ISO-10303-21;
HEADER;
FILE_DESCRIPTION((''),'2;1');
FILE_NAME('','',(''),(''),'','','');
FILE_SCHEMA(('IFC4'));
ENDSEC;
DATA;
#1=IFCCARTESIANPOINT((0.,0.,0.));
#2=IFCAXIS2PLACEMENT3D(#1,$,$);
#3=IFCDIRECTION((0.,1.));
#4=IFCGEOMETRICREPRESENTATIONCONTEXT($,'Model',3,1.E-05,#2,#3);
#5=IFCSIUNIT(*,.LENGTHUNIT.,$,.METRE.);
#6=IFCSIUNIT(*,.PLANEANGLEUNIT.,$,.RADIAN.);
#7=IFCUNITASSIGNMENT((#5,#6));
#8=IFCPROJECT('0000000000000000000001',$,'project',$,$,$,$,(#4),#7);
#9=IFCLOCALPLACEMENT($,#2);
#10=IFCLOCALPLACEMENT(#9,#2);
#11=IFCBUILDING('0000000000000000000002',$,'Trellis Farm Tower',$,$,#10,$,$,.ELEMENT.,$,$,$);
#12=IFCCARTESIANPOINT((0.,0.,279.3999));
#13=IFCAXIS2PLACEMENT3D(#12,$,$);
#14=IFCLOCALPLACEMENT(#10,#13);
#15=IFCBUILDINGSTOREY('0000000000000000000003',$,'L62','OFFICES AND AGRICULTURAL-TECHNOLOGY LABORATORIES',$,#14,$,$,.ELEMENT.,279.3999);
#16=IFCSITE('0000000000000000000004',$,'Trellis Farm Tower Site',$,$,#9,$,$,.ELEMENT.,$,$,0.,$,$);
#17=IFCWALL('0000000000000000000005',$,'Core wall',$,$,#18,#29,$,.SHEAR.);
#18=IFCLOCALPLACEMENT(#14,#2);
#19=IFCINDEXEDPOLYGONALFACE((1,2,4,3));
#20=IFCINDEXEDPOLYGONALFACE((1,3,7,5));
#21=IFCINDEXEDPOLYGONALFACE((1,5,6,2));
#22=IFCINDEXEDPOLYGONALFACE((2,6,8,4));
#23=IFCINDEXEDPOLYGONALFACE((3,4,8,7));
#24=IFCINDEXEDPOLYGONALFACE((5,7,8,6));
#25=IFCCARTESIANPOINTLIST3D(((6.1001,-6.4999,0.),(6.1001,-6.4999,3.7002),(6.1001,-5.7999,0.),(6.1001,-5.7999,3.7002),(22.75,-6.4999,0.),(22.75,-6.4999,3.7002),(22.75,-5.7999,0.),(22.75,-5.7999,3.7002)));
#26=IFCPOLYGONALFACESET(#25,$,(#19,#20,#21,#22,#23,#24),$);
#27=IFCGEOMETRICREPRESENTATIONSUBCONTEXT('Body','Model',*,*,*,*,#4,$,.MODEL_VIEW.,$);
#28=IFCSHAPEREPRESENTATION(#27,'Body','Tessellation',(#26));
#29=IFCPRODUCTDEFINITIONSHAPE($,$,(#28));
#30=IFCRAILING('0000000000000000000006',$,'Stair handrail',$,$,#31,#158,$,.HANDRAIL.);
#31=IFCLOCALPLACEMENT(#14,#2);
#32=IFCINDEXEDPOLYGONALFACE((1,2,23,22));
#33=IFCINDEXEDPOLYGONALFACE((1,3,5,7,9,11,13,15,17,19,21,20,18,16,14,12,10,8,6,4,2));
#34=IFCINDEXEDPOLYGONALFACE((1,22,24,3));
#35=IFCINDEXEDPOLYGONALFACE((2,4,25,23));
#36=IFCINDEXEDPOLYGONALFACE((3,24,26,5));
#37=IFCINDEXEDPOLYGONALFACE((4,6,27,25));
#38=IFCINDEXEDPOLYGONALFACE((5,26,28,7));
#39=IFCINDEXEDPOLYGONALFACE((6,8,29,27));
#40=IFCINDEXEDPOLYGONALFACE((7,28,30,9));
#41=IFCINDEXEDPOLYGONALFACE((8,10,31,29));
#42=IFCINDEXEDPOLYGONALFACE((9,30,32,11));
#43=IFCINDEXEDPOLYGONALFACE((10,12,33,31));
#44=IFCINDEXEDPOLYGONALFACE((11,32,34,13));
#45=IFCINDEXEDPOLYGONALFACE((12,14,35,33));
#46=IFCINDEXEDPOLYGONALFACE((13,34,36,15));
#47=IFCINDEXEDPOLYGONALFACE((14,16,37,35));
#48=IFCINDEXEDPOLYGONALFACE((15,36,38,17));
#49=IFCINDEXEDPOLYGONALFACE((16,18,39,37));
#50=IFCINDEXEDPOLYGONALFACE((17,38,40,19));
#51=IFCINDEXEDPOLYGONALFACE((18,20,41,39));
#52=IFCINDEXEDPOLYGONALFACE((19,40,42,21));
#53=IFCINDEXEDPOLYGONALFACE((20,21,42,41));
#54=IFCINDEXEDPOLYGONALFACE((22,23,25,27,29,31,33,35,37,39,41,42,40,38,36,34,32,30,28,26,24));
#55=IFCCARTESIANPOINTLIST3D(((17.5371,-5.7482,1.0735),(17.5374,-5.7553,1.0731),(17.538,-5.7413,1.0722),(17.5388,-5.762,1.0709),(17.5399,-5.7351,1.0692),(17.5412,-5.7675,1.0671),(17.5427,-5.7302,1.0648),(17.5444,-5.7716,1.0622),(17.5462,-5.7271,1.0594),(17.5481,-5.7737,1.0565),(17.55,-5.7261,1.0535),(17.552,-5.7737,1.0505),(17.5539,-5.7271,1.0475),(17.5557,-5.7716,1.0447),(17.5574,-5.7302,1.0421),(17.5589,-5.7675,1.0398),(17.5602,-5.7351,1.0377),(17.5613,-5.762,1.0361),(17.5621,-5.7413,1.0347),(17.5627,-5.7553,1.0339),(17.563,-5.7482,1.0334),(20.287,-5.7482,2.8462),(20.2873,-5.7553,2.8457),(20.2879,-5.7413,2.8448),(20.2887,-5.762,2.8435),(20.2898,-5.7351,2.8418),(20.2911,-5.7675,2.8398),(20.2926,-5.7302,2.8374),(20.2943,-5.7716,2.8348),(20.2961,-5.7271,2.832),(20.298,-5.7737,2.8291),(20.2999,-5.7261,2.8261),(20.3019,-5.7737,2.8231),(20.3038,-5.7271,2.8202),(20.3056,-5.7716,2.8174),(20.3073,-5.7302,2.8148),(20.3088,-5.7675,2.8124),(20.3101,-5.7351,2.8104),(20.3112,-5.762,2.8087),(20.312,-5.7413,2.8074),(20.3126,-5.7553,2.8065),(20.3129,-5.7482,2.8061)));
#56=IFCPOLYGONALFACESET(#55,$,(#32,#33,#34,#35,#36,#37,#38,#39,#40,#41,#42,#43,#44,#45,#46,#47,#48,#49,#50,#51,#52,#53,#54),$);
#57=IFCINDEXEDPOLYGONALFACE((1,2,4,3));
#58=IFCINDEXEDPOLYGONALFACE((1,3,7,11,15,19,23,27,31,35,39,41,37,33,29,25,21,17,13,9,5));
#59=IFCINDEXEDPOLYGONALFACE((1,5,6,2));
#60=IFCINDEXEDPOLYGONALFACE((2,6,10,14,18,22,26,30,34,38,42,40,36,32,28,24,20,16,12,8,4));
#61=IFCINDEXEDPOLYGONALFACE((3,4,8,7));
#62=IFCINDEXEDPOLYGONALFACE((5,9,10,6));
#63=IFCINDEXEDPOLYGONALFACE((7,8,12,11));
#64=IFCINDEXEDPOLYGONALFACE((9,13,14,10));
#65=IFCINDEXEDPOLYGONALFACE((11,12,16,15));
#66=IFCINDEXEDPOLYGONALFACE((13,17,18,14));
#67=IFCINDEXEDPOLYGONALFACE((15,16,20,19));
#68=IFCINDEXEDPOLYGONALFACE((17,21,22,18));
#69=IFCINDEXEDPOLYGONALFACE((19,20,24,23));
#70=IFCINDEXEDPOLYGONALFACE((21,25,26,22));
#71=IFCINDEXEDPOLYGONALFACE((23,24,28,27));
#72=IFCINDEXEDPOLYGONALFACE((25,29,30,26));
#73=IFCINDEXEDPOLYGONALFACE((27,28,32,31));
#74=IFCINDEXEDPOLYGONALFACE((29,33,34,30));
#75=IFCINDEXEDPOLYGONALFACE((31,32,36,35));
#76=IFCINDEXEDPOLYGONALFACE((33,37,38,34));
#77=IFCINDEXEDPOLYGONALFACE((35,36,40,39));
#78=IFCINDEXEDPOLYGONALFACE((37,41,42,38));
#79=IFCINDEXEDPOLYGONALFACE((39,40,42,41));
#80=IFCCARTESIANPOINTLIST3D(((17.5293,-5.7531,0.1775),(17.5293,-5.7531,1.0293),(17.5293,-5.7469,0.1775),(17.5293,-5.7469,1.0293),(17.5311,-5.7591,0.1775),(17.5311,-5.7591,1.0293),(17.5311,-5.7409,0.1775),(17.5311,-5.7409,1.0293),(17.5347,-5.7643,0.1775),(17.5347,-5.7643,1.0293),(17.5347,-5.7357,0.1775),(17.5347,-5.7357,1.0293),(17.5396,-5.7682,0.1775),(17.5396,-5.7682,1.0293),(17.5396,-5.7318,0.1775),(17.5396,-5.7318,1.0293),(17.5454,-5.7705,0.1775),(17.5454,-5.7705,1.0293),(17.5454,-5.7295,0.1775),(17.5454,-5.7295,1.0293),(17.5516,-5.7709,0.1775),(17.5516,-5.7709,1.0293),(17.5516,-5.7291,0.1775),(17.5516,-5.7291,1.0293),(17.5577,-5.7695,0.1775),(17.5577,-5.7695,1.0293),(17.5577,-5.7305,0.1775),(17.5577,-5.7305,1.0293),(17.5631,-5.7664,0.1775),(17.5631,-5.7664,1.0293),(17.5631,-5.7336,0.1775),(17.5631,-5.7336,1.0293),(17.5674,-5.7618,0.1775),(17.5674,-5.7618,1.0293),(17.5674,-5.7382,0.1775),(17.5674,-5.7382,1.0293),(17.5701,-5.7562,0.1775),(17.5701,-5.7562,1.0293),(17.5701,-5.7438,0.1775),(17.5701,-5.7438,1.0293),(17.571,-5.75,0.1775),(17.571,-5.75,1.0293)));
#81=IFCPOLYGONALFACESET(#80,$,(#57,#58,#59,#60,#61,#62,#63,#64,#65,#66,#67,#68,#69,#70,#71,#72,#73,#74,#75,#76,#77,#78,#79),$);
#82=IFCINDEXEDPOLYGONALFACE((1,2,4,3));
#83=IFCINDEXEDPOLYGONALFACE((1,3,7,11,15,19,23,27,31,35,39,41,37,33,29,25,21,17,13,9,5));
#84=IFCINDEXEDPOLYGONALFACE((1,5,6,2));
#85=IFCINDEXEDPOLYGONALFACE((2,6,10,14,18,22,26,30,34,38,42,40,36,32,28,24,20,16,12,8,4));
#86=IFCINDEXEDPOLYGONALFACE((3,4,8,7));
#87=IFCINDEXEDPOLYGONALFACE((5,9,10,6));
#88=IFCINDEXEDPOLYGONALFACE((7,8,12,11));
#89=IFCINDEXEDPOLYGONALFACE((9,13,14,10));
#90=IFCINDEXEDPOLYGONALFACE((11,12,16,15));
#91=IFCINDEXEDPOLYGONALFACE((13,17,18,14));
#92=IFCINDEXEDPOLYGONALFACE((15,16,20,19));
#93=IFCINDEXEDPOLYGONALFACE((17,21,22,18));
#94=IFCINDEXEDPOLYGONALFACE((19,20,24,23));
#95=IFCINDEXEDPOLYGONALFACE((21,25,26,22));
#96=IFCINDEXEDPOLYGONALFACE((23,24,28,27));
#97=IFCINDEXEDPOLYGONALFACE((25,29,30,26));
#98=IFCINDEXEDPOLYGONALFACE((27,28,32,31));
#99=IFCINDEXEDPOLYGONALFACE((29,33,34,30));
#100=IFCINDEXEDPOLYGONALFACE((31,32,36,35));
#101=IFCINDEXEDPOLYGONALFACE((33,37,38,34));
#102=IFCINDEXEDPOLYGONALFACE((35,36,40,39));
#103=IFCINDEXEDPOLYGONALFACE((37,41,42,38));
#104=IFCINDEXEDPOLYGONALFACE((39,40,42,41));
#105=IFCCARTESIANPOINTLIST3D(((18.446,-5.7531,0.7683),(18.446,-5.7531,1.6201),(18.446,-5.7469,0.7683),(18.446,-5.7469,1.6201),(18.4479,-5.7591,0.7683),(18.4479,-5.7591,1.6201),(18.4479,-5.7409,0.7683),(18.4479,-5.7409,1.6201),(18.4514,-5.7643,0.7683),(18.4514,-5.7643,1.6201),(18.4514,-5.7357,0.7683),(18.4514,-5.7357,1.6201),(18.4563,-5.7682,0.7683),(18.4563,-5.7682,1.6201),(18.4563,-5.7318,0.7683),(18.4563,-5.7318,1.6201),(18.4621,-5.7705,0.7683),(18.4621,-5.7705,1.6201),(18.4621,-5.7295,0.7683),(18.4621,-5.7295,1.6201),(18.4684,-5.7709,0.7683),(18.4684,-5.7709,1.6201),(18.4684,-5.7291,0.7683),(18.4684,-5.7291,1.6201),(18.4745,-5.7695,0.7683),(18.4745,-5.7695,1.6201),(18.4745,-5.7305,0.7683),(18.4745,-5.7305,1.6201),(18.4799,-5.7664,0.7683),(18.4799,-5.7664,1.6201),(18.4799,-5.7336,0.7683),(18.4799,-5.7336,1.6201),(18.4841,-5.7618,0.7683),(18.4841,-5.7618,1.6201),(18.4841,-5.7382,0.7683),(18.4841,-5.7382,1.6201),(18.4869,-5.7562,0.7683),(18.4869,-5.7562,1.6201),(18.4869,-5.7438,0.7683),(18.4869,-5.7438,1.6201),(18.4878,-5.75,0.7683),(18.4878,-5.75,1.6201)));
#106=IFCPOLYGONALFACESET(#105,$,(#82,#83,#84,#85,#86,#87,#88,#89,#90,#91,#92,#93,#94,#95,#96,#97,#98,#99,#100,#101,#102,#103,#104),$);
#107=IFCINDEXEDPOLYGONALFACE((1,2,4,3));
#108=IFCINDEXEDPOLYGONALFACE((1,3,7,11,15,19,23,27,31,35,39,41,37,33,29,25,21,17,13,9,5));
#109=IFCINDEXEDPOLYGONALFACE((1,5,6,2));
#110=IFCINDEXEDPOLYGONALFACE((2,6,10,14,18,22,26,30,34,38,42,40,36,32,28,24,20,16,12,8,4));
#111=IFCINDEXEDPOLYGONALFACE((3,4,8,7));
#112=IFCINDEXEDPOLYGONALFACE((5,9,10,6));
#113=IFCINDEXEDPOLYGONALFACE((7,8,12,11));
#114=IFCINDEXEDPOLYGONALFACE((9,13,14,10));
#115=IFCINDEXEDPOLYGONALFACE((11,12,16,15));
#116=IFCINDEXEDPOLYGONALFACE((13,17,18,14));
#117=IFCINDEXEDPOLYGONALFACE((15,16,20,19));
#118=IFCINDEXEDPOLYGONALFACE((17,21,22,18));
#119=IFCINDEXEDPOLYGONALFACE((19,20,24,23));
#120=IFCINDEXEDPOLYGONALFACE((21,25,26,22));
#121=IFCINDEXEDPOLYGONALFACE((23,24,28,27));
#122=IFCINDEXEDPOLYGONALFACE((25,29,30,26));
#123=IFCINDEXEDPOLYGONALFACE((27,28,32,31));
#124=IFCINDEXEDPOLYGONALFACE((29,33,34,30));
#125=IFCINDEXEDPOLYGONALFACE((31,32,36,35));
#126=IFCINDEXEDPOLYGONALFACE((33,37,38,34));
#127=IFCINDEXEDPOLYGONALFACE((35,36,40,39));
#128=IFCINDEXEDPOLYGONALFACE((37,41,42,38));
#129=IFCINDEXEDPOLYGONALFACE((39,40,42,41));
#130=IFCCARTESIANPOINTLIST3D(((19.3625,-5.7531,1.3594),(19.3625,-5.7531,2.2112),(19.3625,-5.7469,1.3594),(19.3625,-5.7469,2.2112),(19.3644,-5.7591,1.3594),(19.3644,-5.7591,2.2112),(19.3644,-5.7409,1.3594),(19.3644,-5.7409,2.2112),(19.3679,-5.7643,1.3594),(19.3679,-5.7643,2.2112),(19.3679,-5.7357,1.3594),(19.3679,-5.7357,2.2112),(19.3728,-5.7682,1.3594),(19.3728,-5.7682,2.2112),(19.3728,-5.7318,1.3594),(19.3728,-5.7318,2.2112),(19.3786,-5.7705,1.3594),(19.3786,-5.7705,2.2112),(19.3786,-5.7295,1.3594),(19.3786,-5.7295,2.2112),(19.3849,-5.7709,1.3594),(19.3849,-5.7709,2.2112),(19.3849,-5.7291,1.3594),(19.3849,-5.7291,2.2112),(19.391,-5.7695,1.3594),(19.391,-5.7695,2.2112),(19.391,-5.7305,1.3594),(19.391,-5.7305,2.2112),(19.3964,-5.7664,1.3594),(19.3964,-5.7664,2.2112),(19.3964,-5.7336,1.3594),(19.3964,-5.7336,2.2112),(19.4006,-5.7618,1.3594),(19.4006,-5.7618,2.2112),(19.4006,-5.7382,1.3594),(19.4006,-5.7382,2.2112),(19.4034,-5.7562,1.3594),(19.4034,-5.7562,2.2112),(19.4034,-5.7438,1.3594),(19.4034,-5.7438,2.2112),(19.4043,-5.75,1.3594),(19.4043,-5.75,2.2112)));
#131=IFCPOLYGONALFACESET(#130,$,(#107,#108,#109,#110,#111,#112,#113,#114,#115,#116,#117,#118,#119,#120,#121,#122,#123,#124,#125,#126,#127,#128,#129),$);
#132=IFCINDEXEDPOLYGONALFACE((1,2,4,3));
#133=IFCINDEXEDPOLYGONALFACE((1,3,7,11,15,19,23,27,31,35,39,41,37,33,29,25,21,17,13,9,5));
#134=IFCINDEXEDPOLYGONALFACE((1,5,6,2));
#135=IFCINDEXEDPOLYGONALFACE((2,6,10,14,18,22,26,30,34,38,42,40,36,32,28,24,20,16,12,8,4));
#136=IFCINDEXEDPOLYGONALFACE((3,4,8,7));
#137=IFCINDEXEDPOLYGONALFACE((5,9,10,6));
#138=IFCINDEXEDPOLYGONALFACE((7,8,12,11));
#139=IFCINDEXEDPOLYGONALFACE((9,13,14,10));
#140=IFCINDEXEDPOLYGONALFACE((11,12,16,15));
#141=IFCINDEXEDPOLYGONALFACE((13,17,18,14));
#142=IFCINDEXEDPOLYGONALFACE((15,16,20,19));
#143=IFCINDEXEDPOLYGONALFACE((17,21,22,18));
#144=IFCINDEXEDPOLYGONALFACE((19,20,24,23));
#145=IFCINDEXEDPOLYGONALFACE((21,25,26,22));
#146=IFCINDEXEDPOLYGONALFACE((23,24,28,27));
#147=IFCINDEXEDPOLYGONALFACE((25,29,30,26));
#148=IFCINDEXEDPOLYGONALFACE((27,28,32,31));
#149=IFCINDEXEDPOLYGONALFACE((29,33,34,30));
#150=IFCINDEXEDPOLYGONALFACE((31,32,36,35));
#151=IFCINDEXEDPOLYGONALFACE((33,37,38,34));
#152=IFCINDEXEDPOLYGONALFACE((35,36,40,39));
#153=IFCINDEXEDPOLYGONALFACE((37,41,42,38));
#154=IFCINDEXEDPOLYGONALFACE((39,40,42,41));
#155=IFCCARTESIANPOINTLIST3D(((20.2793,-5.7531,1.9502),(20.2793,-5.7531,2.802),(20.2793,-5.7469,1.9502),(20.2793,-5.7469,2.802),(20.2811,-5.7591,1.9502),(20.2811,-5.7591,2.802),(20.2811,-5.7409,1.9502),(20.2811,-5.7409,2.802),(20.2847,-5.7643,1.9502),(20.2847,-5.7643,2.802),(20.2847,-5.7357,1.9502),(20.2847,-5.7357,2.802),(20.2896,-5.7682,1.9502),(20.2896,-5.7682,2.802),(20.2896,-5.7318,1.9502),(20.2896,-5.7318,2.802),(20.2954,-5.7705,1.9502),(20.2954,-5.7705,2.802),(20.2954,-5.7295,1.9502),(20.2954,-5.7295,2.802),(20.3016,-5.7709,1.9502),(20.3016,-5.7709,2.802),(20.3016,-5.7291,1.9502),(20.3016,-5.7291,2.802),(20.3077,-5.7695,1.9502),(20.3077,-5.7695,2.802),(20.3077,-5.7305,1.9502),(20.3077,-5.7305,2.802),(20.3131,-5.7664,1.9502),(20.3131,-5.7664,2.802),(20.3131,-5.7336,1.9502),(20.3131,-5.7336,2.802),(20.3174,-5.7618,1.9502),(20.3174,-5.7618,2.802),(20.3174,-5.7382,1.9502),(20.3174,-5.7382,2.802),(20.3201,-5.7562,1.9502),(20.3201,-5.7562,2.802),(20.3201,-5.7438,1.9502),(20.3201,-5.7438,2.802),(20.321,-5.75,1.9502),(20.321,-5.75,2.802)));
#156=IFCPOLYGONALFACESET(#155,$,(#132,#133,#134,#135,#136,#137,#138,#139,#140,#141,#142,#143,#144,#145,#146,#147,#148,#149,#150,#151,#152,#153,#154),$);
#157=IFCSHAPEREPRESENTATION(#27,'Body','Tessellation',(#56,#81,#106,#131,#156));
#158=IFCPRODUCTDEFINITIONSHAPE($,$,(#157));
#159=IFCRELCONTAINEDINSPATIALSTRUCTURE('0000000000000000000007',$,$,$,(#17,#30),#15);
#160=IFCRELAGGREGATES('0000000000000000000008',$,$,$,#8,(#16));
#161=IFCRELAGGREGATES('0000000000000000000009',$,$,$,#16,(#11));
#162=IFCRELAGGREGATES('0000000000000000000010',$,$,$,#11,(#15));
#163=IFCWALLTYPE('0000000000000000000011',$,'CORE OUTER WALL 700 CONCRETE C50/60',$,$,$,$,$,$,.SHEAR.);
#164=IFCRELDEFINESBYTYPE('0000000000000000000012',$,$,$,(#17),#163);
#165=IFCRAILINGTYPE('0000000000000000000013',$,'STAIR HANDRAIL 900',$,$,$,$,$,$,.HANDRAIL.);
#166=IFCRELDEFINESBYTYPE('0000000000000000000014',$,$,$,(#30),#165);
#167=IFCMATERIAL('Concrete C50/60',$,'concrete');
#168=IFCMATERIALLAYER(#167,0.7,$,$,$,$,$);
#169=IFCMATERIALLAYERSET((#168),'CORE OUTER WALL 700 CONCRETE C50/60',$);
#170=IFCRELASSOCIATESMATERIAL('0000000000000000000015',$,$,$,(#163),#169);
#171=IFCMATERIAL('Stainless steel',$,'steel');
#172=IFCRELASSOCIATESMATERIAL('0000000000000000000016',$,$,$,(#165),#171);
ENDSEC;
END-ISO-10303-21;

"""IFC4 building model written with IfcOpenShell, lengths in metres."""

from ifc_helpers import new_model, si_unit, direction, frame, frame_2d, origin, origin_2d, place, context, subcontext, project, spatial, rectangle, circle, extrude, source, transform, mapped, material, layer, layer_set, type_object, element, save


model = new_model("IFC4")

# Units and contexts
model_context = context("Model", 3, precision=1e-05, world=origin(), true_north=direction((0.0, 1.0)))
body_context = subcontext(model_context, "Body", "Model", "MODEL_VIEW")
ifc_project = project(units=[si_unit("LENGTHUNIT", "METRE"), si_unit("PLANEANGLEUNIT", "RADIAN")], contexts=[model_context])

# Site, building, storey
site_placement = place(None, origin())
site = spatial("IfcSite", under=ifc_project, at=site_placement, Name="Trellis Farm Tower Site", CompositionType="ELEMENT", RefElevation=0.0)
building_placement = place(site_placement, origin())
building = spatial("IfcBuilding", under=site, at=building_placement, Name="Trellis Farm Tower", CompositionType="ELEMENT")
storey_placement = place(building_placement, frame((0.0, 0.0, 279.3999)))
storey = spatial("IfcBuildingStorey", under=building, at=storey_placement, Name="L62", Description="OFFICES AND AGRICULTURAL-TECHNOLOGY LABORATORIES", CompositionType="ELEMENT", Elevation=279.3999)

# Shared definitions
ifc_material_1 = material(Name="Concrete C50/60", Category="concrete")
ifc_layer_1 = layer(ifc_material_1, 0.7)
ifc_layer_set_1 = layer_set([ifc_layer_1], Name="CORE OUTER WALL 700 CONCRETE C50/60")
wall_type_1 = type_object("IfcWallType", Name="CORE OUTER WALL 700 CONCRETE C50/60", PredefinedType="SHEAR", material=ifc_layer_set_1)

# Wall
shared_shape_1 = source(origin(), body_context, "Body", "SweptSolid", [
    extrude(rectangle(XDim=16.6499, YDim=0.7, at=frame_2d((8.325, 0.0))), origin(), (0.0, 0.0, 1.0), 3.7002),
])
wall_1_placement = place(storey_placement, frame((6.1001, -6.1499, 0.0), z_axis=(0.0, 0.0, 1.0), x_axis=(1.0, 0.0, 0.0)))
element("IfcWall", 1, at=wall_1_placement, inside=storey, type_object=wall_type_1, Name="Core wall", PredefinedType="SHEAR", context=body_context, shape_type="MappedRepresentation", body=[
    mapped(shared_shape_1, transform((0.0, 0.0, 0.0))),
])

# Railing
ifc_material_2 = material(Name="Stainless steel", Category="steel")
railing_type = type_object("IfcRailingType", Name="STAIR HANDRAIL 900", PredefinedType="HANDRAIL", material=ifc_material_2)
shared_shape_2 = source(origin(), body_context, "Body", "SweptSolid", [
    extrude(circle(Radius=0.0239, at=origin_2d()), frame((0.0, 0.0, 0.876), z_axis=(0.840504, 0.0, 0.541806), x_axis=(0.0, 1.0, 0.0)), (0.0, 0.0, 1.0), 3.2717),
    extrude(circle(Radius=0.021, at=origin_2d()), origin(), (0.0, 0.0, 1.0), 0.8518),
    extrude(circle(Radius=0.021, at=origin_2d()), frame((0.9167, 0.0, 0.5908)), (0.0, 0.0, 1.0), 0.8518),
    extrude(circle(Radius=0.021, at=origin_2d()), frame((1.8333, 0.0, 1.1819)), (0.0, 0.0, 1.0), 0.8518),
    extrude(circle(Radius=0.021, at=origin_2d()), frame((2.75, 0.0, 1.7727)), (0.0, 0.0, 1.0), 0.8518),
])
railing_placement = place(storey_placement, frame((17.55, -5.75, 0.1775)))
element("IfcRailing", 2, at=railing_placement, inside=storey, type_object=railing_type, Name="Stair handrail", PredefinedType="HANDRAIL", context=body_context, shape_type="MappedRepresentation", body=[
    mapped(shared_shape_2, transform((0.0, 0.0, 0.0))),
])

save(model, "model.ifc")
